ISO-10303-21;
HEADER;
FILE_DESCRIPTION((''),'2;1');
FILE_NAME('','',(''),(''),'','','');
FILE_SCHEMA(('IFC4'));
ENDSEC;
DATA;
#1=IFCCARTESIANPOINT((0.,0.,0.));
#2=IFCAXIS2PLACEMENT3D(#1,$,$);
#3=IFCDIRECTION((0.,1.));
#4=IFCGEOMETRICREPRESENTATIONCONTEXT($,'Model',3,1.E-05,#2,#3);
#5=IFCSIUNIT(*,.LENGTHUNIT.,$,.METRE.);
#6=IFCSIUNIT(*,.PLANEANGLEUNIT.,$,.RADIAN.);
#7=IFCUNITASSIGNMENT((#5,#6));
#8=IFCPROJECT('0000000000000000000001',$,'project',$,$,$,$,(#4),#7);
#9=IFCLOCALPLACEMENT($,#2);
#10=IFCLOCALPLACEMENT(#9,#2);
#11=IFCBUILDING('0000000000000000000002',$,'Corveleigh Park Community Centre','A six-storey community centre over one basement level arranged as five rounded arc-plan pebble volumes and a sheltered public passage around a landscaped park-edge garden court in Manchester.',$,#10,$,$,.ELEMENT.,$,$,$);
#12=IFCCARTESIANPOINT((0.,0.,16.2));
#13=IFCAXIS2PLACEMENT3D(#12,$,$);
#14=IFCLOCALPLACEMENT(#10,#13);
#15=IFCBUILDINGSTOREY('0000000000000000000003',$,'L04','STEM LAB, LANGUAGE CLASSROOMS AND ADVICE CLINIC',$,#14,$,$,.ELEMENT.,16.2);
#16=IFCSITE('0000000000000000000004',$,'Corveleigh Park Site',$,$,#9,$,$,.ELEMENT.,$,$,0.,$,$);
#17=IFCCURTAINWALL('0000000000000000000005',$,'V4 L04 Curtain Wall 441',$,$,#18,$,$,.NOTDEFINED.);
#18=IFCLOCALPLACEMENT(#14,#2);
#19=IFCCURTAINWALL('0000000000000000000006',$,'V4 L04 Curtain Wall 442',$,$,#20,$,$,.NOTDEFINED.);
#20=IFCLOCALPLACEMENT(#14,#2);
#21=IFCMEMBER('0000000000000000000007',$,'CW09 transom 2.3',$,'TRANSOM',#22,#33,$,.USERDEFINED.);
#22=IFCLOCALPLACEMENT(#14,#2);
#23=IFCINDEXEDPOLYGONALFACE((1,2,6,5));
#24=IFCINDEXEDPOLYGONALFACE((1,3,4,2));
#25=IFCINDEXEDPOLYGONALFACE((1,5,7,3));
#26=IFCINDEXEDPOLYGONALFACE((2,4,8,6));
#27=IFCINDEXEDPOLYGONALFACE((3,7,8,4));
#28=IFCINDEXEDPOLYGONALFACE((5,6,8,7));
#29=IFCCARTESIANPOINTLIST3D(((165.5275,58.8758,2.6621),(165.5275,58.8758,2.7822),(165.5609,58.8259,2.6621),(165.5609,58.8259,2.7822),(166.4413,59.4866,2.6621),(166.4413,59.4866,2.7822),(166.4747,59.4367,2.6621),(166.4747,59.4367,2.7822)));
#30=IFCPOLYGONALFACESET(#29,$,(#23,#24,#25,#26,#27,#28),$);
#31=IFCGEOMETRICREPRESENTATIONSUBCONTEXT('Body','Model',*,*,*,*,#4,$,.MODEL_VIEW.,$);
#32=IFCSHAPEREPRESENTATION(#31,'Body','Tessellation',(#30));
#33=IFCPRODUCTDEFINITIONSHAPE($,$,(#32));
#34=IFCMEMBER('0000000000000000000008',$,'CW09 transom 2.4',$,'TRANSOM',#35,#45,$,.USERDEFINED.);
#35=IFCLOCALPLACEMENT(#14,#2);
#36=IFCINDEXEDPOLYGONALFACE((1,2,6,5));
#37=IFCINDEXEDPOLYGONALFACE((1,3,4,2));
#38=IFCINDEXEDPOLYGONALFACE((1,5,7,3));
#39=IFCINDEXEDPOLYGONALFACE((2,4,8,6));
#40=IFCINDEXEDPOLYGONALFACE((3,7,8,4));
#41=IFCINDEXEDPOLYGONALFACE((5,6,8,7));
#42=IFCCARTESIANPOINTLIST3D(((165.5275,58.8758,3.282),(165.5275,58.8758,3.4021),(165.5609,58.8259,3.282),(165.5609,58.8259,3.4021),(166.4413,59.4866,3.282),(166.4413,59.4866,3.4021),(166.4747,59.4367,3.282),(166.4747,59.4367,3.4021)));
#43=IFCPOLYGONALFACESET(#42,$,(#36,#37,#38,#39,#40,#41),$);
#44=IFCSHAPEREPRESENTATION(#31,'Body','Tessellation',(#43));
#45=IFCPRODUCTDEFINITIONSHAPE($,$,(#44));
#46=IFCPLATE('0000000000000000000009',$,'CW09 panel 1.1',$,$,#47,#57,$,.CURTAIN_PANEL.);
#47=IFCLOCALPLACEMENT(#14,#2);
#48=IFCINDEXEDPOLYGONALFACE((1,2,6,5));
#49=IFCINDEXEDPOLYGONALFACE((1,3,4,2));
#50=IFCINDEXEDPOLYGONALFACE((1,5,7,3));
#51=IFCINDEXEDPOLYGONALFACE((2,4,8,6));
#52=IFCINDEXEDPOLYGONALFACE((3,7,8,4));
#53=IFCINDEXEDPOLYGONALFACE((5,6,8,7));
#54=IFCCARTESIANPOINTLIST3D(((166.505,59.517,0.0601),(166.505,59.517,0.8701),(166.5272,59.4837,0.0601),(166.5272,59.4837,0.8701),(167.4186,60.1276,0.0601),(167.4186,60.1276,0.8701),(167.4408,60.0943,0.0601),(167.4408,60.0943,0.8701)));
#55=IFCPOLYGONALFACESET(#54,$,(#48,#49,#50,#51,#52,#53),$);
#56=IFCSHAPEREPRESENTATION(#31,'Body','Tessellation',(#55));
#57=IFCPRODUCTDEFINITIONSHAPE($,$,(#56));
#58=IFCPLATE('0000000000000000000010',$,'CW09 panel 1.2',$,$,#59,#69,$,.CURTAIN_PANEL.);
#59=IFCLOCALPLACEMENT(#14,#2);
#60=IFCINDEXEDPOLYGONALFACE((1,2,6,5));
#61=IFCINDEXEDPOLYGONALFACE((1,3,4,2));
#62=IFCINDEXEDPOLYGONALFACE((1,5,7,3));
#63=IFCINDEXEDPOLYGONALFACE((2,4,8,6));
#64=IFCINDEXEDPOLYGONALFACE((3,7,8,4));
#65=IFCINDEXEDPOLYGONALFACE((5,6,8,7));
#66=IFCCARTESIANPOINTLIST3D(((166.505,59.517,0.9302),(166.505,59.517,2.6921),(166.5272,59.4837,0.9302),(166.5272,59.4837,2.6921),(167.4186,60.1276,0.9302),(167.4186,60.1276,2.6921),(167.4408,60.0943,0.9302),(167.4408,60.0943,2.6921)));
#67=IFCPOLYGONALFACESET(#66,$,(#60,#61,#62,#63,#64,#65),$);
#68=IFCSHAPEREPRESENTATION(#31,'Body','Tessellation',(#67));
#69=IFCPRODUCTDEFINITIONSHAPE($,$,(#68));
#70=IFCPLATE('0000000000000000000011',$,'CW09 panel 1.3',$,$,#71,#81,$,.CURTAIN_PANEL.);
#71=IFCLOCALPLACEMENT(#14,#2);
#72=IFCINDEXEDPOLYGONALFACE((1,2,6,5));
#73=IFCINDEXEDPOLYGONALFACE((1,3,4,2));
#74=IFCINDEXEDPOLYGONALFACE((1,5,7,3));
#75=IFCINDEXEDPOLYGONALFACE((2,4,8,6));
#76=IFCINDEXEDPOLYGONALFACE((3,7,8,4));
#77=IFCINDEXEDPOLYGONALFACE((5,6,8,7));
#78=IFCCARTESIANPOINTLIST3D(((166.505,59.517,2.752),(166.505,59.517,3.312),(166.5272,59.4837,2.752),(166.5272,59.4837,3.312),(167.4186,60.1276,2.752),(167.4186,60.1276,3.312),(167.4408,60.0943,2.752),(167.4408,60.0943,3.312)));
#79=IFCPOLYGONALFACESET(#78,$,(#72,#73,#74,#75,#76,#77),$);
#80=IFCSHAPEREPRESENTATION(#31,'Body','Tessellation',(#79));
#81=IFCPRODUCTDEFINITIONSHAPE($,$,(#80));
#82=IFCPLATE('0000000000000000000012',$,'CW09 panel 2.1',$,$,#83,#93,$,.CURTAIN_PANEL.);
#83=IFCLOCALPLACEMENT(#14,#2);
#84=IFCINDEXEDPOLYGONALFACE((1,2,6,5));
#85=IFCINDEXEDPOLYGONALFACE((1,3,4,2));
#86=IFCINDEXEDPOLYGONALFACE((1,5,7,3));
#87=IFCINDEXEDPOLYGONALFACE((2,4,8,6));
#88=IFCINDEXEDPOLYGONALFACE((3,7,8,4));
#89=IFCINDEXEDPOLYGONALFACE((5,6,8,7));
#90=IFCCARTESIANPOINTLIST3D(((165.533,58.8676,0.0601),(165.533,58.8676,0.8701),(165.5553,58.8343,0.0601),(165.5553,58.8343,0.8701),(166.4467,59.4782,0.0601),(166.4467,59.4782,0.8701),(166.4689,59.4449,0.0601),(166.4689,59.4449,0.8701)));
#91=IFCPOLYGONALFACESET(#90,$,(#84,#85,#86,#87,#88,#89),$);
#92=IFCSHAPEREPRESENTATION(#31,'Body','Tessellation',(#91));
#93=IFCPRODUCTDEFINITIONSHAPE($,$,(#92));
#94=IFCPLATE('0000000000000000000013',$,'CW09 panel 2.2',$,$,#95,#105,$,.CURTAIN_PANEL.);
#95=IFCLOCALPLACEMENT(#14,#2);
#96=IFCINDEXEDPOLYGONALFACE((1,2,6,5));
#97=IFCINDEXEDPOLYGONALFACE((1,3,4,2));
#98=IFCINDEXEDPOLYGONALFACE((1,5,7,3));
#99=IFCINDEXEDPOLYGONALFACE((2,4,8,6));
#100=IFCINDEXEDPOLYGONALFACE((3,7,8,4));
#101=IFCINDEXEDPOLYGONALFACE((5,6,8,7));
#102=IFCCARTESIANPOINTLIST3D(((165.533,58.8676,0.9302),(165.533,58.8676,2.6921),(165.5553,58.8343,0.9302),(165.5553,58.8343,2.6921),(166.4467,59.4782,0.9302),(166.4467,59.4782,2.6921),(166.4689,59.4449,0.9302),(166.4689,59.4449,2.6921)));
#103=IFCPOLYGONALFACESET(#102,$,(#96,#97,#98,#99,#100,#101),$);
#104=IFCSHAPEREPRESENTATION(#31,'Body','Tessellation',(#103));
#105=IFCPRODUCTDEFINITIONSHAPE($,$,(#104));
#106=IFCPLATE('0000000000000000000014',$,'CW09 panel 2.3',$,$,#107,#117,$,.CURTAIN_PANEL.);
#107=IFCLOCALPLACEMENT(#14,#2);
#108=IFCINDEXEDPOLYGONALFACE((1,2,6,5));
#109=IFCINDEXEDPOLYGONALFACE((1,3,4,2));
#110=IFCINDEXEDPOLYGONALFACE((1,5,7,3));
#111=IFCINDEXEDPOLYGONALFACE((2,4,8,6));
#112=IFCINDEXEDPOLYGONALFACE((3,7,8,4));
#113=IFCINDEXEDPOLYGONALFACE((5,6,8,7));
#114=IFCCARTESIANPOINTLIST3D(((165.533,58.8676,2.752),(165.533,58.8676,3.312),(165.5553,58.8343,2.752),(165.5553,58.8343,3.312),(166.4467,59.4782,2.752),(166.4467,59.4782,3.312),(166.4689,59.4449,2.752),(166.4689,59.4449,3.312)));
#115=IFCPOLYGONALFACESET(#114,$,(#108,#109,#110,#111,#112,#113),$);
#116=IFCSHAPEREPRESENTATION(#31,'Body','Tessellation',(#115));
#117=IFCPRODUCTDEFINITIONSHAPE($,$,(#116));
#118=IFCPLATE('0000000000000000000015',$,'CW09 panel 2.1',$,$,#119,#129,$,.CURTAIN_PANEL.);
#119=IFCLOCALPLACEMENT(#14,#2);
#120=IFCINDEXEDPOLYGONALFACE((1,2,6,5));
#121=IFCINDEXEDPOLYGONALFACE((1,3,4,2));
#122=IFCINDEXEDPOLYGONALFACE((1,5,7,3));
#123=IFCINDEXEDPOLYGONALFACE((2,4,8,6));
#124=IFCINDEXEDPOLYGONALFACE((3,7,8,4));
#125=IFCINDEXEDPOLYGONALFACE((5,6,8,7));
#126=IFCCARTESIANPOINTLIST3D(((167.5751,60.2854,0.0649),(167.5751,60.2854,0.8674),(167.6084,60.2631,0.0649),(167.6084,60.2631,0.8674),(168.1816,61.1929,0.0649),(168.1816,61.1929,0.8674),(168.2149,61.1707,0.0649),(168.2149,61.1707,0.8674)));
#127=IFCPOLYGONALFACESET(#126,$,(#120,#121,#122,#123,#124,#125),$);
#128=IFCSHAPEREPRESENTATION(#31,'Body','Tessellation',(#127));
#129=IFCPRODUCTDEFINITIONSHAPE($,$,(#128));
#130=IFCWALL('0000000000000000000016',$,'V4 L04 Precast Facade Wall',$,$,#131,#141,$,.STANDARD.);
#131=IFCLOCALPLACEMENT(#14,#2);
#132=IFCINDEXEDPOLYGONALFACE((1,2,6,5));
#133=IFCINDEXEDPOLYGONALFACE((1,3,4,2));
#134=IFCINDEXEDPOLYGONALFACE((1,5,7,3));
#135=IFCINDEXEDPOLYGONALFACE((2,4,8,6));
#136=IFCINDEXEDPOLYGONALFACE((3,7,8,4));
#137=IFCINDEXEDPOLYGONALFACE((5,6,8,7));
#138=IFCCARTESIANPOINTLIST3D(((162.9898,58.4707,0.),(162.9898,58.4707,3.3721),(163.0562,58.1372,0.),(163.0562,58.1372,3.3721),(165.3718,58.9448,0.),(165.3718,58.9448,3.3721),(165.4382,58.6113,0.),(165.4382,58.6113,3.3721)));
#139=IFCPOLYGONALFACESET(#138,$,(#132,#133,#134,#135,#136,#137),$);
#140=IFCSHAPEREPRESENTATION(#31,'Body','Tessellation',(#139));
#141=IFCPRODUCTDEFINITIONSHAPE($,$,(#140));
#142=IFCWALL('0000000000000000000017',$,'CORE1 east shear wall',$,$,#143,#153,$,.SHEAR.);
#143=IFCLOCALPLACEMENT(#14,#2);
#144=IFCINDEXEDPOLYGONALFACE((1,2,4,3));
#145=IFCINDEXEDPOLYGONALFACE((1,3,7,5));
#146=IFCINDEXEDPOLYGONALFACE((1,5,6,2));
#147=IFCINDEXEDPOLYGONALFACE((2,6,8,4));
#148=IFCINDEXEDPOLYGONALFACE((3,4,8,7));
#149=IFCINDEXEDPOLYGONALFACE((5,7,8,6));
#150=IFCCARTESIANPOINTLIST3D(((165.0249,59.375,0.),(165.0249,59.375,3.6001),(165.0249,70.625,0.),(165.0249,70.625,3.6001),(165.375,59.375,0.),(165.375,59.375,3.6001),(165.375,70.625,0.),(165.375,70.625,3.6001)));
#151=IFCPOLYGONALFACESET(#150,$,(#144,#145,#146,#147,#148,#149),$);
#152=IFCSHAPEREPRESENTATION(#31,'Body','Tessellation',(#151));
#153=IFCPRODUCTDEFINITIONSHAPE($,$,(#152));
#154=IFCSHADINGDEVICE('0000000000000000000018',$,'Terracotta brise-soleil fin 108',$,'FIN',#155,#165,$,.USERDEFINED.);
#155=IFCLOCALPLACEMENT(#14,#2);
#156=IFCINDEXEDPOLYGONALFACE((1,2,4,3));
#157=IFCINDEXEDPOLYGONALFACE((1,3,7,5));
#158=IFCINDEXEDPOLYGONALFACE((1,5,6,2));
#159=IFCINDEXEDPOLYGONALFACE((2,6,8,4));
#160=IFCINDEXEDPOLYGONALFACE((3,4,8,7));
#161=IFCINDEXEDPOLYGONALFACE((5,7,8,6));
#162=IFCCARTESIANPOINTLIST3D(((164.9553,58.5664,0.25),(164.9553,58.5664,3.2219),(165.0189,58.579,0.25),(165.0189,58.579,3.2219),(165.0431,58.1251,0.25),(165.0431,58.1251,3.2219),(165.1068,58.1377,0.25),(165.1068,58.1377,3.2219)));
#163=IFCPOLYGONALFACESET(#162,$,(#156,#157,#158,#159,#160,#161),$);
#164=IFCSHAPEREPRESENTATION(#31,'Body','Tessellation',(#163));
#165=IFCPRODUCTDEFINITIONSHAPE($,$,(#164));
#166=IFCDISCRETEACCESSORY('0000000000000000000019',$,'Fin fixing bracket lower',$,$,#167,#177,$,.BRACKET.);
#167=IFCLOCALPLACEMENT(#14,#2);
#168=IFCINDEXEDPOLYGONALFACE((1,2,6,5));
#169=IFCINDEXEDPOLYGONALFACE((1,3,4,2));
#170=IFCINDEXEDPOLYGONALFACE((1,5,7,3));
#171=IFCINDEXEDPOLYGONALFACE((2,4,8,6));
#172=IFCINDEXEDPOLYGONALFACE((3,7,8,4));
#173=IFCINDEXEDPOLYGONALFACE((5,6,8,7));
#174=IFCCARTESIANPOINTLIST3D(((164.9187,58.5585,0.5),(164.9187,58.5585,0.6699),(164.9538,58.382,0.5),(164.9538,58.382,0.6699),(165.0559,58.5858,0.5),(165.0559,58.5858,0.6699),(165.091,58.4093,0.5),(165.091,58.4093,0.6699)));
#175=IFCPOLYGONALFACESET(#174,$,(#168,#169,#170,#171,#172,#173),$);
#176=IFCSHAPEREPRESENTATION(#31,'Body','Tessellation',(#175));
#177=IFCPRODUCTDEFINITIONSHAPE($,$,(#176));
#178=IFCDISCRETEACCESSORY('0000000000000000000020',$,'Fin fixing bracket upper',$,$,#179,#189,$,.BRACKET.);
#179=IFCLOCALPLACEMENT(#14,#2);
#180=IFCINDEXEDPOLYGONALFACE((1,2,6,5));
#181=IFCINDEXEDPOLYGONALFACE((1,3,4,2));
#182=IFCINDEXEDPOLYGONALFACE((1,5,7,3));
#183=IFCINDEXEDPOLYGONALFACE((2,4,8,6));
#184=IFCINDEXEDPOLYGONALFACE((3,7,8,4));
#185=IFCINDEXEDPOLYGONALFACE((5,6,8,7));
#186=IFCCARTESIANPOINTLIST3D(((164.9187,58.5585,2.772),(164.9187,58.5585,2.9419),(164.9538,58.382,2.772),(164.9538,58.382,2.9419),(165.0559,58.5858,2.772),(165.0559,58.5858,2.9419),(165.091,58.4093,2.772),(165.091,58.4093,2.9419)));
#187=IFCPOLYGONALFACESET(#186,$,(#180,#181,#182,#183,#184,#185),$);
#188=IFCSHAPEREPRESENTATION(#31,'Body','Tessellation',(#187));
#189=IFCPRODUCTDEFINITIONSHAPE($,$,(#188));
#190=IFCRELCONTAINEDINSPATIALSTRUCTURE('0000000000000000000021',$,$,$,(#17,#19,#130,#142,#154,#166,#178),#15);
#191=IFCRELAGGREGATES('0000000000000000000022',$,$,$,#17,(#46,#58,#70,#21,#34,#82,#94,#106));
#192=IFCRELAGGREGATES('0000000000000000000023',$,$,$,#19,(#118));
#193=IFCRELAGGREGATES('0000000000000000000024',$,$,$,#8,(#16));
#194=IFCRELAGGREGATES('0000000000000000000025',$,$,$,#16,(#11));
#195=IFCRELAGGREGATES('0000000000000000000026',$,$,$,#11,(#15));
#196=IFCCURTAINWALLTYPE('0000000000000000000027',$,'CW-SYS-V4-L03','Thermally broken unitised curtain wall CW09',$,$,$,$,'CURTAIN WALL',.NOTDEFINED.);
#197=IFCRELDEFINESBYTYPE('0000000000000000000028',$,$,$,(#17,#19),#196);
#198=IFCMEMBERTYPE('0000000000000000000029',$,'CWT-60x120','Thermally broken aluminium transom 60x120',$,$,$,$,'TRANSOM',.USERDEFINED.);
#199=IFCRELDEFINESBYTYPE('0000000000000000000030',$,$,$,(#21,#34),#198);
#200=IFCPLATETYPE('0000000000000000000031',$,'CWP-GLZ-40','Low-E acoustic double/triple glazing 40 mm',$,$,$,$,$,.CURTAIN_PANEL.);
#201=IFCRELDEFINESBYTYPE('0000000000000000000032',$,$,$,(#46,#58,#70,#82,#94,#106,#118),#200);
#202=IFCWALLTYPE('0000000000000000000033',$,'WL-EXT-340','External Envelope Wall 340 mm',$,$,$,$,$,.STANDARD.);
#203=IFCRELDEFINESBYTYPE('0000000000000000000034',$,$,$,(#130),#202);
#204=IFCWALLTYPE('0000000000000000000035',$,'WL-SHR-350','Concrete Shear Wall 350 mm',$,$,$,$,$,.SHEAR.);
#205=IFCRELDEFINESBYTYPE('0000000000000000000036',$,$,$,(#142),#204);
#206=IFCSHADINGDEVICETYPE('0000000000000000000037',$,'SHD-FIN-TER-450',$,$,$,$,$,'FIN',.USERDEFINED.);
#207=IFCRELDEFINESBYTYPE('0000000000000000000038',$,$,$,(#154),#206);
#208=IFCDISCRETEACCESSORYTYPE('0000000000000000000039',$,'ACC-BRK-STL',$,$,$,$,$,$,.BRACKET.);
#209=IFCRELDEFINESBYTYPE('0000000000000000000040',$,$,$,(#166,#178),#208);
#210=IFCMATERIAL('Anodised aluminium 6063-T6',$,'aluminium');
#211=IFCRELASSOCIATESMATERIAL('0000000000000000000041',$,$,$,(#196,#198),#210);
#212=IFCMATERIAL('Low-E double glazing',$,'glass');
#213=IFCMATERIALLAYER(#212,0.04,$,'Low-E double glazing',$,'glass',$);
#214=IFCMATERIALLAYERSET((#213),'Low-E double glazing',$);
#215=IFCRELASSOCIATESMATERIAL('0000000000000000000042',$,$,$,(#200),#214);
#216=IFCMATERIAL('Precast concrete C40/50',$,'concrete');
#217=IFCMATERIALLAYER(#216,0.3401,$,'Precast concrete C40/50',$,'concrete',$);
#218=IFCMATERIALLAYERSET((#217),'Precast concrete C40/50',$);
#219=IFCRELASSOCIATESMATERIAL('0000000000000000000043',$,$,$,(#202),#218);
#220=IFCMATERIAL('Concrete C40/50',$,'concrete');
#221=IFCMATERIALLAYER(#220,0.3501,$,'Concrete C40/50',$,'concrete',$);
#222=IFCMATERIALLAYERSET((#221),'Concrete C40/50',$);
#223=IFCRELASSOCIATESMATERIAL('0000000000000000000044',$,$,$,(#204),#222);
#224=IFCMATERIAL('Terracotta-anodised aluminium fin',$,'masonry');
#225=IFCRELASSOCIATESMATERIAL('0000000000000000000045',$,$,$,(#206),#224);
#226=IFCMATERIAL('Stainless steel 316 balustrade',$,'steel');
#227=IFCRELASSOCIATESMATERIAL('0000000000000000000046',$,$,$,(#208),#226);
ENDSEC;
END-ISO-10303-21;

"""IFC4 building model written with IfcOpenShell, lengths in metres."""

from ifc_helpers import new_model, si_unit, direction, frame, frame_2d, origin, origin_2d, place, context, subcontext, project, spatial, rectangle, extrude, material, layer, layer_set, material_profile, profile_set, type_object, element, aggregate, save


model = new_model("IFC4")

# Units and contexts
model_context = context("Model", 3, precision=1e-05, world=origin(), true_north=direction((0.0, 1.0)))
body_context = subcontext(model_context, "Body", "Model", "MODEL_VIEW")
ifc_project = project(units=[si_unit("LENGTHUNIT", "METRE"), si_unit("PLANEANGLEUNIT", "RADIAN")], contexts=[model_context])

# Site, building, storey
site_placement = place(None, origin())
site = spatial("IfcSite", under=ifc_project, at=site_placement, Name="Corveleigh Park Site", CompositionType="ELEMENT", RefElevation=0.0)
building_placement = place(site_placement, origin())
building = spatial("IfcBuilding", under=site, at=building_placement, Name="Corveleigh Park Community Centre", Description="A six-storey community centre over one basement level arranged as five rounded arc-plan pebble volumes and a sheltered public passage around a landscaped park-edge garden court in Manchester.", CompositionType="ELEMENT")
storey_placement = place(building_placement, frame((0.0, 0.0, 16.2)))
storey = spatial("IfcBuildingStorey", under=building, at=storey_placement, Name="L04", Description="STEM LAB, LANGUAGE CLASSROOMS AND ADVICE CLINIC", CompositionType="ELEMENT", Elevation=16.2)

# Curtain wall
ifc_material_1 = material(Name="Anodised aluminium 6063-T6", Category="aluminium")
curtain_wall_type = type_object("IfcCurtainWallType", Name="CW-SYS-V4-L03", Description="Thermally broken unitised curtain wall CW09", ElementType="CURTAIN WALL", PredefinedType="NOTDEFINED", material=ifc_material_1)
curtain_wall_1_placement = place(storey_placement, origin())
curtain_wall_1 = element("IfcCurtainWall", 1, at=curtain_wall_1_placement, inside=storey, type_object=curtain_wall_type, Name="V4 L04 Curtain Wall 441", PredefinedType="NOTDEFINED")

# Curtain wall
curtain_wall_2_placement = place(storey_placement, origin())
curtain_wall_2 = element("IfcCurtainWall", 2, at=curtain_wall_2_placement, inside=storey, type_object=curtain_wall_type, Name="V4 L04 Curtain Wall 442", PredefinedType="NOTDEFINED")

# Members
ifc_material_profile_1 = material_profile(ifc_material_1, rectangle(XDim=0.0601, YDim=0.1201, at=origin_2d()), Name="ALU-T60x120", Category="aluminium")
ifc_profile_set_1 = profile_set([ifc_material_profile_1], Name="Anodised aluminium 6063-T6")
member_type_1 = type_object("IfcMemberType", Name="CWT-60x120", Description="Thermally broken aluminium transom 60x120", ElementType="TRANSOM", PredefinedType="USERDEFINED", material=ifc_profile_set_1)
member_1_placement = place(storey_placement, frame((166.458, 59.4617, 2.7222), z_axis=(-0.831366, -0.555725, 0.0), x_axis=(0.555725, -0.831366, 0.0)))
member_1 = element("IfcMember", 3, at=member_1_placement, type_object=member_type_1, Name="CW09 transom 2.3", ObjectType="TRANSOM", PredefinedType="USERDEFINED", context=body_context, shape_type="SweptSolid", body=[
    extrude(rectangle(XDim=0.0601, YDim=0.1201, at=origin_2d()), origin(), (0.0, 0.0, 1.0), 1.0991),
])
member_2_placement = place(storey_placement, frame((166.458, 59.4617, 3.342), z_axis=(-0.831366, -0.555725, 0.0), x_axis=(0.555725, -0.831366, 0.0)))
member_2 = element("IfcMember", 4, at=member_2_placement, type_object=member_type_1, Name="CW09 transom 2.4", ObjectType="TRANSOM", PredefinedType="USERDEFINED", context=body_context, shape_type="SweptSolid", body=[
    extrude(rectangle(XDim=0.0601, YDim=0.1201, at=origin_2d()), origin(), (0.0, 0.0, 1.0), 1.0991),
])

# Plates
ifc_material_2 = material(Name="Low-E double glazing", Category="glass")
ifc_layer_1 = layer(ifc_material_2, 0.04, Name="Low-E double glazing", Category="glass")
ifc_layer_set_1 = layer_set([ifc_layer_1], Name="Low-E double glazing")
plate_type = type_object("IfcPlateType", Name="CWP-GLZ-40", Description="Low-E acoustic double/triple glazing 40 mm", PredefinedType="CURTAIN_PANEL", material=ifc_layer_set_1)
plate_1_placement = place(storey_placement, frame((166.9729, 59.8057, 0.0601), z_axis=(0.0, 0.0, 1.0), x_axis=(-0.831411, -0.555658, 0.0)))
plate_1 = element("IfcPlate", 5, at=plate_1_placement, type_object=plate_type, Name="CW09 panel 1.1", PredefinedType="CURTAIN_PANEL", context=body_context, shape_type="SweptSolid", body=[
    extrude(rectangle(XDim=1.0989, YDim=0.04, at=origin_2d()), origin(), (0.0, 0.0, 1.0), 0.8101),
])
plate_2_placement = place(storey_placement, frame((166.9729, 59.8057, 0.9302), z_axis=(0.0, 0.0, 1.0), x_axis=(-0.831411, -0.555658, 0.0)))
plate_2 = element("IfcPlate", 6, at=plate_2_placement, type_object=plate_type, Name="CW09 panel 1.2", PredefinedType="CURTAIN_PANEL", context=body_context, shape_type="SweptSolid", body=[
    extrude(rectangle(XDim=1.0989, YDim=0.04, at=origin_2d()), origin(), (0.0, 0.0, 1.0), 1.762),
])
plate_3_placement = place(storey_placement, frame((166.9729, 59.8057, 2.752), z_axis=(0.0, 0.0, 1.0), x_axis=(-0.831411, -0.555658, 0.0)))
plate_3 = element("IfcPlate", 7, at=plate_3_placement, type_object=plate_type, Name="CW09 panel 1.3", PredefinedType="CURTAIN_PANEL", context=body_context, shape_type="SweptSolid", body=[
    extrude(rectangle(XDim=1.0989, YDim=0.04, at=origin_2d()), origin(), (0.0, 0.0, 1.0), 0.5601),
])
plate_4_placement = place(storey_placement, frame((166.001, 59.1562, 0.0601), z_axis=(0.0, 0.0, 1.0), x_axis=(-0.831411, -0.555658, 0.0)))
plate_4 = element("IfcPlate", 8, at=plate_4_placement, type_object=plate_type, Name="CW09 panel 2.1", PredefinedType="CURTAIN_PANEL", context=body_context, shape_type="SweptSolid", body=[
    extrude(rectangle(XDim=1.0989, YDim=0.04, at=origin_2d()), origin(), (0.0, 0.0, 1.0), 0.8101),
])
plate_5_placement = place(storey_placement, frame((166.001, 59.1562, 0.9302), z_axis=(0.0, 0.0, 1.0), x_axis=(-0.831411, -0.555658, 0.0)))
plate_5 = element("IfcPlate", 9, at=plate_5_placement, type_object=plate_type, Name="CW09 panel 2.2", PredefinedType="CURTAIN_PANEL", context=body_context, shape_type="SweptSolid", body=[
    extrude(rectangle(XDim=1.0989, YDim=0.04, at=origin_2d()), origin(), (0.0, 0.0, 1.0), 1.762),
])
plate_6_placement = place(storey_placement, frame((166.001, 59.1562, 2.752), z_axis=(0.0, 0.0, 1.0), x_axis=(-0.831411, -0.555658, 0.0)))
plate_6 = element("IfcPlate", 10, at=plate_6_placement, type_object=plate_type, Name="CW09 panel 2.3", PredefinedType="CURTAIN_PANEL", context=body_context, shape_type="SweptSolid", body=[
    extrude(rectangle(XDim=1.0989, YDim=0.04, at=origin_2d()), origin(), (0.0, 0.0, 1.0), 0.5601),
])
aggregate(curtain_wall_1, [plate_1, plate_2, plate_3, member_1, member_2, plate_4, plate_5, plate_6])
plate_7_placement = place(storey_placement, frame((167.895, 60.728, 0.0649), z_axis=(0.0, 0.0, 1.0), x_axis=(-0.555658, -0.831411, 0.0)))
plate_7 = element("IfcPlate", 11, at=plate_7_placement, type_object=plate_type, Name="CW09 panel 2.1", PredefinedType="CURTAIN_PANEL", context=body_context, shape_type="SweptSolid", body=[
    extrude(rectangle(XDim=1.0916, YDim=0.04, at=origin_2d()), origin(), (0.0, 0.0, 1.0), 0.8025),
])
aggregate(curtain_wall_2, [plate_7])

# Walls
ifc_material_3 = material(Name="Precast concrete C40/50", Category="concrete")
ifc_layer_2 = layer(ifc_material_3, 0.3401, Name="Precast concrete C40/50", Category="concrete")
ifc_layer_set_2 = layer_set([ifc_layer_2], Name="Precast concrete C40/50")
wall_type_1 = type_object("IfcWallType", Name="WL-EXT-340", Description="External Envelope Wall 340 mm", PredefinedType="STANDARD", material=ifc_layer_set_2)
wall_1_placement = place(storey_placement, frame((165.405, 58.7781, 0.0), z_axis=(0.0, 0.0, 1.0), x_axis=(-0.980762, -0.195208, 0.0)))
element("IfcWall", 12, at=wall_1_placement, inside=storey, type_object=wall_type_1, Name="V4 L04 Precast Facade Wall", PredefinedType="STANDARD", context=body_context, shape_type="SweptSolid", body=[
    extrude(rectangle(XDim=2.4287, YDim=0.3401, at=frame_2d((1.2144, 0.0))), origin(), (0.0, 0.0, 1.0), 3.3721),
])
ifc_material_4 = material(Name="Concrete C40/50", Category="concrete")
ifc_layer_3 = layer(ifc_material_4, 0.3501, Name="Concrete C40/50", Category="concrete")
ifc_layer_set_3 = layer_set([ifc_layer_3], Name="Concrete C40/50")
wall_type_2 = type_object("IfcWallType", Name="WL-SHR-350", Description="Concrete Shear Wall 350 mm", PredefinedType="SHEAR", material=ifc_layer_set_3)
wall_2_placement = place(storey_placement, frame((165.2, 59.375, 0.0), z_axis=(0.0, 0.0, 1.0), x_axis=(0.0, 1.0, 0.0)))
element("IfcWall", 13, at=wall_2_placement, inside=storey, type_object=wall_type_2, Name="CORE1 east shear wall", PredefinedType="SHEAR", context=body_context, shape_type="SweptSolid", body=[
    extrude(rectangle(XDim=11.25, YDim=0.3501, at=frame_2d((5.625, 0.0))), origin(), (0.0, 0.0, 1.0), 3.6001),
])

# Shading device
ifc_material_5 = material(Name="Terracotta-anodised aluminium fin", Category="masonry")
shading_device_type = type_object("IfcShadingDeviceType", Name="SHD-FIN-TER-450", ElementType="FIN", PredefinedType="USERDEFINED", material=ifc_material_5)
shading_device_placement = place(storey_placement, frame((165.031, 58.3521, 0.25), z_axis=(0.0, 0.0, 1.0), x_axis=(0.195166, -0.98077, 0.0)))
element("IfcShadingDevice", 14, at=shading_device_placement, inside=storey, type_object=shading_device_type, Name="Terracotta brise-soleil fin 108", ObjectType="FIN", PredefinedType="USERDEFINED", context=body_context, shape_type="SweptSolid", body=[
    extrude(rectangle(XDim=0.45, YDim=0.0649, at=origin_2d()), origin(), (0.0, 0.0, 1.0), 2.9719),
])

# Discrete accessories
ifc_material_6 = material(Name="Stainless steel 316 balustrade", Category="steel")
discrete_accessory_type = type_object("IfcDiscreteAccessoryType", Name="ACC-BRK-STL", PredefinedType="BRACKET", material=ifc_material_6)
for number, where, z_axis, x_axis, name in (
    (15, (165.0049, 58.4839, 0.5), (0.0, 0.0, 1.0), (0.195166, -0.98077, 0.0), "Fin fixing bracket lower"),
    (16, (165.0049, 58.4839, 2.772), (0.0, 0.0, 1.0), (0.195166, -0.98077, 0.0), "Fin fixing bracket upper"),
):
    element("IfcDiscreteAccessory", number, at=place(storey_placement, frame(where, z_axis=z_axis, x_axis=x_axis)), inside=storey, type_object=discrete_accessory_type, Name=name, PredefinedType="BRACKET", context=body_context, shape_type="SweptSolid", body=[
        extrude(rectangle(XDim=0.1799, YDim=0.1399, at=origin_2d()), origin(), (0.0, 0.0, 1.0), 0.1699),
    ])

save(model, "model.ifc")
